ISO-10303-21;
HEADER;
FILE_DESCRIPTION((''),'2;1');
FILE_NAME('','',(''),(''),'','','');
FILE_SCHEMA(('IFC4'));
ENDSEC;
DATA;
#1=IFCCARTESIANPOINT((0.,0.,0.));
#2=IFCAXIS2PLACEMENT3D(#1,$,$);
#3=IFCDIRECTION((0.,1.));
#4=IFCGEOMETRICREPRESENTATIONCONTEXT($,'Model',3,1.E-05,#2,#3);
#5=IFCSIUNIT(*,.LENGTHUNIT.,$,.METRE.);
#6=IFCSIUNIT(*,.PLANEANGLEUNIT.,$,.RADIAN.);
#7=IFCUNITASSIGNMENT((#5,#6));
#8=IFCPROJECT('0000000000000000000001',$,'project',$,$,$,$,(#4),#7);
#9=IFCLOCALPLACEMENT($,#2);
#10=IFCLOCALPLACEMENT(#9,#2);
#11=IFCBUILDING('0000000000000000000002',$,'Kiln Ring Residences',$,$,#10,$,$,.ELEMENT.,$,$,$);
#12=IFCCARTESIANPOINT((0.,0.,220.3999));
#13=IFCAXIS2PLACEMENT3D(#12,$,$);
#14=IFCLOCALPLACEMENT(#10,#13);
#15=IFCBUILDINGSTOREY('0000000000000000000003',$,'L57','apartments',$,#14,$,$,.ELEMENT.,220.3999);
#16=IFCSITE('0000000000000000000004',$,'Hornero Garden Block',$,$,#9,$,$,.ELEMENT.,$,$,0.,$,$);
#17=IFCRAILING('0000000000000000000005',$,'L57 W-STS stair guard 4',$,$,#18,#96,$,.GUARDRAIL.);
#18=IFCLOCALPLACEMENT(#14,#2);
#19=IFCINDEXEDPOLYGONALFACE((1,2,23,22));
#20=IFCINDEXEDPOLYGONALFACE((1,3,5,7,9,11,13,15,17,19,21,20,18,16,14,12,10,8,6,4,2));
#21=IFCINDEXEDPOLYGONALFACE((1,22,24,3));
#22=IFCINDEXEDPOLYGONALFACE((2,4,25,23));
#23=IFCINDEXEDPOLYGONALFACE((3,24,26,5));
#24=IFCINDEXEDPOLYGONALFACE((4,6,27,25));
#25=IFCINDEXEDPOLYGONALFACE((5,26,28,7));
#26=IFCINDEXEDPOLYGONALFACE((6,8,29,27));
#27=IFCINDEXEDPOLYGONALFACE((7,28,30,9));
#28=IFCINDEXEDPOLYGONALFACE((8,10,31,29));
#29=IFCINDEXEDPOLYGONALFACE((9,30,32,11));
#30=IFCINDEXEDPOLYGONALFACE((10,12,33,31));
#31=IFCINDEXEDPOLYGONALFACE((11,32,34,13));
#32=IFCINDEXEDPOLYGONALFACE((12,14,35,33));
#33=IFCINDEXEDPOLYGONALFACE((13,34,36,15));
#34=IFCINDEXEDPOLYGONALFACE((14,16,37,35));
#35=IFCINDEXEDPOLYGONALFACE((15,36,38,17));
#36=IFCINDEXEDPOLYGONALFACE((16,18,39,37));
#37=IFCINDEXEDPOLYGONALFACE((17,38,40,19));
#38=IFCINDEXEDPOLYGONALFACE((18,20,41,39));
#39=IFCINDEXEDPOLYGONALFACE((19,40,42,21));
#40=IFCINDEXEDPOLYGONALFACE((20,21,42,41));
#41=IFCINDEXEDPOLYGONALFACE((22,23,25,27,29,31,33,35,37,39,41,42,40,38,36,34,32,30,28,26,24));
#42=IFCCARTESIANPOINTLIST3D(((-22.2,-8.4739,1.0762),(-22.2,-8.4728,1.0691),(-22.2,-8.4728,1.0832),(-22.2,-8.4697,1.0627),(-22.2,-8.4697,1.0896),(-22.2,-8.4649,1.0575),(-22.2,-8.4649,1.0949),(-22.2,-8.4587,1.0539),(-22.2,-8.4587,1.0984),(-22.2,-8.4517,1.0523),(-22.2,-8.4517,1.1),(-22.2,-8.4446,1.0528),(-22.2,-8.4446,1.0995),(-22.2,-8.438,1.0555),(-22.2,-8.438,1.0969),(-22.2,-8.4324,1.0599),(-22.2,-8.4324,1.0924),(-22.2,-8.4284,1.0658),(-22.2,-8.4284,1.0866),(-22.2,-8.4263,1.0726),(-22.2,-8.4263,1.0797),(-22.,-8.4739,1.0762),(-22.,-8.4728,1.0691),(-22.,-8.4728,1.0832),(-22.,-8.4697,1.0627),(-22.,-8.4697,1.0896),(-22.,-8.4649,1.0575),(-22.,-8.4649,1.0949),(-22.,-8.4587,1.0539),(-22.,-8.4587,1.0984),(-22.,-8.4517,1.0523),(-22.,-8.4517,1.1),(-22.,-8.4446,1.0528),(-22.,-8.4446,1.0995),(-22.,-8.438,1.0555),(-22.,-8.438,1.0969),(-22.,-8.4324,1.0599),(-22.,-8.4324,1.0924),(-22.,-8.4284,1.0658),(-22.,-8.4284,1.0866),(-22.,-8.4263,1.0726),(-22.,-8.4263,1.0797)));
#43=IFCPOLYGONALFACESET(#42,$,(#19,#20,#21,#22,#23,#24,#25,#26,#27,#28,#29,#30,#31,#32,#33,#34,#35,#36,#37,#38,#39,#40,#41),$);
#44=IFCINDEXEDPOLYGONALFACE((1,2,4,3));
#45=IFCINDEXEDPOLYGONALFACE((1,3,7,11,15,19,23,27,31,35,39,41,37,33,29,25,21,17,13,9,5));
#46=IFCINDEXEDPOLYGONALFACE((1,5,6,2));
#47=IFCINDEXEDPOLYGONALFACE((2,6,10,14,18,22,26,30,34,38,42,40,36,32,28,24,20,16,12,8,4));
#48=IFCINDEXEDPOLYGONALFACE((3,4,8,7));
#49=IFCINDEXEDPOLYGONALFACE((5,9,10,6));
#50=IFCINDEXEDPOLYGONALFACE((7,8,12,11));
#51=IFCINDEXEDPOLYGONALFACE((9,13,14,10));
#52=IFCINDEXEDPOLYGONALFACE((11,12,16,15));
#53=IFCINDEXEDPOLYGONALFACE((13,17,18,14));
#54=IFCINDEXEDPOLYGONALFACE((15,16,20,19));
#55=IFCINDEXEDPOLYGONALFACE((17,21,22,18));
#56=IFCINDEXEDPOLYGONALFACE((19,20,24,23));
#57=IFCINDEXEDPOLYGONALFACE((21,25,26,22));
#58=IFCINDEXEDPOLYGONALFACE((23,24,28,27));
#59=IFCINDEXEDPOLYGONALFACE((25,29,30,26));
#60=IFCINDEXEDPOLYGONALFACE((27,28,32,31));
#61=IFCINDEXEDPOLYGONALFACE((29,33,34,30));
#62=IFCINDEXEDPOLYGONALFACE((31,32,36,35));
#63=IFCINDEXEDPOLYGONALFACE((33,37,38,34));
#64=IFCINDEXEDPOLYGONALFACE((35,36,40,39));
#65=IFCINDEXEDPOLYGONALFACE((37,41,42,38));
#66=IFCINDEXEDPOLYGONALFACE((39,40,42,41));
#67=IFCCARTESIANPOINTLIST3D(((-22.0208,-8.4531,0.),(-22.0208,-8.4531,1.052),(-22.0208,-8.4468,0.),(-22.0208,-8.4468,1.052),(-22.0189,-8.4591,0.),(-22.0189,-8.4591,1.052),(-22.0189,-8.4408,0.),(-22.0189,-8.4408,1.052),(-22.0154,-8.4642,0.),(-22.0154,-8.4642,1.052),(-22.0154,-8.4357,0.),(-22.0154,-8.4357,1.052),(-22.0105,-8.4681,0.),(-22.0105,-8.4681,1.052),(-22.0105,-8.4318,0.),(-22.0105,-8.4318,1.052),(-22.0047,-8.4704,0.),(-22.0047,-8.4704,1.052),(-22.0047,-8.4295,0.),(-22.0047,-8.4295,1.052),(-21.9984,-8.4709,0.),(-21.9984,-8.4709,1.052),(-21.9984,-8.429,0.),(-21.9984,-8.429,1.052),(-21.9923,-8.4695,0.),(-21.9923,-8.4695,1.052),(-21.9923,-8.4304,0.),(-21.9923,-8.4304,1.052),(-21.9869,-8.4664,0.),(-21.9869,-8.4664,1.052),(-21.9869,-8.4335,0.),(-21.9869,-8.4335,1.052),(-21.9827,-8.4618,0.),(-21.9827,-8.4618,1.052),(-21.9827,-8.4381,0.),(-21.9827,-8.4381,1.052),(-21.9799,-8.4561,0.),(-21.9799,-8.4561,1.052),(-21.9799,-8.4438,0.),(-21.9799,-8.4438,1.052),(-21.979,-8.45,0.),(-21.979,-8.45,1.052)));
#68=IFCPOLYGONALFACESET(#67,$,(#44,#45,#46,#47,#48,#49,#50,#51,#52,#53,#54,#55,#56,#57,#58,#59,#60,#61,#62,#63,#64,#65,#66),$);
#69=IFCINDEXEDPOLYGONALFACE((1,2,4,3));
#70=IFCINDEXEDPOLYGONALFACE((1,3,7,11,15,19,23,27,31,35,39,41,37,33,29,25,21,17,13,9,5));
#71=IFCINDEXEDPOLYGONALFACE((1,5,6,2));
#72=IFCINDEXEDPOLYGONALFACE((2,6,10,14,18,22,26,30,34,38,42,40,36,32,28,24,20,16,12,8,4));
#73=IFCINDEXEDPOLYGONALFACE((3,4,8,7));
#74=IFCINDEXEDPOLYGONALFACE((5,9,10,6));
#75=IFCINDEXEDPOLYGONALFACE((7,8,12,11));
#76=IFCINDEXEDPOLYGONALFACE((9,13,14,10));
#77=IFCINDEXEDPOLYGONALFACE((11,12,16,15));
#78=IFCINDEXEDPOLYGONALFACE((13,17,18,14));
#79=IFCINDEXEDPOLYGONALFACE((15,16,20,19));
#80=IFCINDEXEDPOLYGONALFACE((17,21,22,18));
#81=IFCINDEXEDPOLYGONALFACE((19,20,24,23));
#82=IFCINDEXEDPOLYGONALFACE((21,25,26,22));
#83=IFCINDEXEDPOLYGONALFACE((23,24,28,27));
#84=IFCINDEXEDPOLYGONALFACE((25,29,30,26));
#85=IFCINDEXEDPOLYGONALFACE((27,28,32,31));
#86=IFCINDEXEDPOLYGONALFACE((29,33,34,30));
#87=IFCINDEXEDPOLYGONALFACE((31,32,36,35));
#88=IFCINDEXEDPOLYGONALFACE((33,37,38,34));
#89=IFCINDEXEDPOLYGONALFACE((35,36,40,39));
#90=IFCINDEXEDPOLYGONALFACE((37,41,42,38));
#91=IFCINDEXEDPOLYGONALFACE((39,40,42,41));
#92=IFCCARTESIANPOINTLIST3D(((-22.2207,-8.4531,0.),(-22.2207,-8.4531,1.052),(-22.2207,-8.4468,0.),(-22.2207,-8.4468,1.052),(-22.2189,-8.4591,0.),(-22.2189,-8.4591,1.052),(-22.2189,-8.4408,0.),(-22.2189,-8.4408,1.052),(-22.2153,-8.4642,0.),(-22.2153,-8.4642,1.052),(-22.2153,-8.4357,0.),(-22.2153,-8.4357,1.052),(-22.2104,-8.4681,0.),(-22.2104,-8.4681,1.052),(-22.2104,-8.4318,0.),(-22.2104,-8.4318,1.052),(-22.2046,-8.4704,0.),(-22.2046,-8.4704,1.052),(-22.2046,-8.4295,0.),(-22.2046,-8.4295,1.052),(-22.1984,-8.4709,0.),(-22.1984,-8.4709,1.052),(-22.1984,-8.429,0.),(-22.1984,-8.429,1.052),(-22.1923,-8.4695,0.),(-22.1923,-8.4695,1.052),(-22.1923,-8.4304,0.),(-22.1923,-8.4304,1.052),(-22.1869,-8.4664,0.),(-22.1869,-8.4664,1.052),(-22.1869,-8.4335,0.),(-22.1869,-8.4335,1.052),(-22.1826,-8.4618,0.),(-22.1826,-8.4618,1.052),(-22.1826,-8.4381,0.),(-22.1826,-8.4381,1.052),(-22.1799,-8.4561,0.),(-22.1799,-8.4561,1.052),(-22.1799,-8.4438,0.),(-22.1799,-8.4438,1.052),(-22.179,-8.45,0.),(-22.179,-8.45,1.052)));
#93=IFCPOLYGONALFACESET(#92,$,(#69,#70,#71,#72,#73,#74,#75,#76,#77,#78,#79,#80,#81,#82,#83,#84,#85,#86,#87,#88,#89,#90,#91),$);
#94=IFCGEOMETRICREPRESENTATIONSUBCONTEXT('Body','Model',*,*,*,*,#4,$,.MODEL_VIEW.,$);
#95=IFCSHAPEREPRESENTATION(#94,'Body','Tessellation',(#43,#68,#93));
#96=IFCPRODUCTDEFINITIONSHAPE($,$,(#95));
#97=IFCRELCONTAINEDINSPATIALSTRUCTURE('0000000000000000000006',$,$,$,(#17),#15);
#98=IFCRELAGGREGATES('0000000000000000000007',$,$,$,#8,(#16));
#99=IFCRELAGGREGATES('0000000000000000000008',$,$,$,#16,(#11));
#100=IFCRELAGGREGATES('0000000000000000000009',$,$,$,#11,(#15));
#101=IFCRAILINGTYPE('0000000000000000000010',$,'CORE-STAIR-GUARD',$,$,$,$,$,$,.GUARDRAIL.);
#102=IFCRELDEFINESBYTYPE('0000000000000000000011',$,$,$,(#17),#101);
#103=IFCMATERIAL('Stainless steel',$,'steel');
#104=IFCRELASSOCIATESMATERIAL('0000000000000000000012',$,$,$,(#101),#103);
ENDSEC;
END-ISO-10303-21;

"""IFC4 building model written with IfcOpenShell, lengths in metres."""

from ifc_helpers import new_model, si_unit, direction, frame, origin, origin_2d, place, context, subcontext, project, spatial, circle, extrude, material, type_object, element, save


model = new_model("IFC4")

# Units and contexts
model_context = context("Model", 3, precision=1e-05, world=origin(), true_north=direction((0.0, 1.0)))
body_context = subcontext(model_context, "Body", "Model", "MODEL_VIEW")
ifc_project = project(units=[si_unit("LENGTHUNIT", "METRE"), si_unit("PLANEANGLEUNIT", "RADIAN")], contexts=[model_context])

# Site, building, storey
site_placement = place(None, origin())
site = spatial("IfcSite", under=ifc_project, at=site_placement, Name="Hornero Garden Block", CompositionType="ELEMENT", RefElevation=0.0)
building_placement = place(site_placement, origin())
building = spatial("IfcBuilding", under=site, at=building_placement, Name="Kiln Ring Residences", CompositionType="ELEMENT")
storey_placement = place(building_placement, frame((0.0, 0.0, 220.3999)))
storey = spatial("IfcBuildingStorey", under=building, at=storey_placement, Name="L57", Description="apartments", CompositionType="ELEMENT", Elevation=220.3999)

# Railing
ifc_material_1 = material(Name="Stainless steel", Category="steel")
railing_type_1 = type_object("IfcRailingType", Name="CORE-STAIR-GUARD", PredefinedType="GUARDRAIL", material=ifc_material_1)
railing_1_placement = place(storey_placement, frame((-22.0, -8.45, 0.0)))
element("IfcRailing", 1, at=railing_1_placement, inside=storey, type_object=railing_type_1, Name="L57 W-STS stair guard 4", PredefinedType="GUARDRAIL", context=body_context, shape_type="SweptSolid", body=[
    extrude(circle(Radius=0.0239, at=origin_2d()), frame((0.0, 0.0, 1.0762), z_axis=(-1.0, 0.0, 0.0), x_axis=(0.0, -1.0, 0.0)), (0.0, 0.0, 1.0), 0.2),
    extrude(circle(Radius=0.021, at=origin_2d()), origin(), (0.0, 0.0, 1.0), 1.052),
    extrude(circle(Radius=0.021, at=origin_2d()), frame((-0.2, 0.0, 0.0)), (0.0, 0.0, 1.0), 1.052),
])

save(model, "model.ifc")
